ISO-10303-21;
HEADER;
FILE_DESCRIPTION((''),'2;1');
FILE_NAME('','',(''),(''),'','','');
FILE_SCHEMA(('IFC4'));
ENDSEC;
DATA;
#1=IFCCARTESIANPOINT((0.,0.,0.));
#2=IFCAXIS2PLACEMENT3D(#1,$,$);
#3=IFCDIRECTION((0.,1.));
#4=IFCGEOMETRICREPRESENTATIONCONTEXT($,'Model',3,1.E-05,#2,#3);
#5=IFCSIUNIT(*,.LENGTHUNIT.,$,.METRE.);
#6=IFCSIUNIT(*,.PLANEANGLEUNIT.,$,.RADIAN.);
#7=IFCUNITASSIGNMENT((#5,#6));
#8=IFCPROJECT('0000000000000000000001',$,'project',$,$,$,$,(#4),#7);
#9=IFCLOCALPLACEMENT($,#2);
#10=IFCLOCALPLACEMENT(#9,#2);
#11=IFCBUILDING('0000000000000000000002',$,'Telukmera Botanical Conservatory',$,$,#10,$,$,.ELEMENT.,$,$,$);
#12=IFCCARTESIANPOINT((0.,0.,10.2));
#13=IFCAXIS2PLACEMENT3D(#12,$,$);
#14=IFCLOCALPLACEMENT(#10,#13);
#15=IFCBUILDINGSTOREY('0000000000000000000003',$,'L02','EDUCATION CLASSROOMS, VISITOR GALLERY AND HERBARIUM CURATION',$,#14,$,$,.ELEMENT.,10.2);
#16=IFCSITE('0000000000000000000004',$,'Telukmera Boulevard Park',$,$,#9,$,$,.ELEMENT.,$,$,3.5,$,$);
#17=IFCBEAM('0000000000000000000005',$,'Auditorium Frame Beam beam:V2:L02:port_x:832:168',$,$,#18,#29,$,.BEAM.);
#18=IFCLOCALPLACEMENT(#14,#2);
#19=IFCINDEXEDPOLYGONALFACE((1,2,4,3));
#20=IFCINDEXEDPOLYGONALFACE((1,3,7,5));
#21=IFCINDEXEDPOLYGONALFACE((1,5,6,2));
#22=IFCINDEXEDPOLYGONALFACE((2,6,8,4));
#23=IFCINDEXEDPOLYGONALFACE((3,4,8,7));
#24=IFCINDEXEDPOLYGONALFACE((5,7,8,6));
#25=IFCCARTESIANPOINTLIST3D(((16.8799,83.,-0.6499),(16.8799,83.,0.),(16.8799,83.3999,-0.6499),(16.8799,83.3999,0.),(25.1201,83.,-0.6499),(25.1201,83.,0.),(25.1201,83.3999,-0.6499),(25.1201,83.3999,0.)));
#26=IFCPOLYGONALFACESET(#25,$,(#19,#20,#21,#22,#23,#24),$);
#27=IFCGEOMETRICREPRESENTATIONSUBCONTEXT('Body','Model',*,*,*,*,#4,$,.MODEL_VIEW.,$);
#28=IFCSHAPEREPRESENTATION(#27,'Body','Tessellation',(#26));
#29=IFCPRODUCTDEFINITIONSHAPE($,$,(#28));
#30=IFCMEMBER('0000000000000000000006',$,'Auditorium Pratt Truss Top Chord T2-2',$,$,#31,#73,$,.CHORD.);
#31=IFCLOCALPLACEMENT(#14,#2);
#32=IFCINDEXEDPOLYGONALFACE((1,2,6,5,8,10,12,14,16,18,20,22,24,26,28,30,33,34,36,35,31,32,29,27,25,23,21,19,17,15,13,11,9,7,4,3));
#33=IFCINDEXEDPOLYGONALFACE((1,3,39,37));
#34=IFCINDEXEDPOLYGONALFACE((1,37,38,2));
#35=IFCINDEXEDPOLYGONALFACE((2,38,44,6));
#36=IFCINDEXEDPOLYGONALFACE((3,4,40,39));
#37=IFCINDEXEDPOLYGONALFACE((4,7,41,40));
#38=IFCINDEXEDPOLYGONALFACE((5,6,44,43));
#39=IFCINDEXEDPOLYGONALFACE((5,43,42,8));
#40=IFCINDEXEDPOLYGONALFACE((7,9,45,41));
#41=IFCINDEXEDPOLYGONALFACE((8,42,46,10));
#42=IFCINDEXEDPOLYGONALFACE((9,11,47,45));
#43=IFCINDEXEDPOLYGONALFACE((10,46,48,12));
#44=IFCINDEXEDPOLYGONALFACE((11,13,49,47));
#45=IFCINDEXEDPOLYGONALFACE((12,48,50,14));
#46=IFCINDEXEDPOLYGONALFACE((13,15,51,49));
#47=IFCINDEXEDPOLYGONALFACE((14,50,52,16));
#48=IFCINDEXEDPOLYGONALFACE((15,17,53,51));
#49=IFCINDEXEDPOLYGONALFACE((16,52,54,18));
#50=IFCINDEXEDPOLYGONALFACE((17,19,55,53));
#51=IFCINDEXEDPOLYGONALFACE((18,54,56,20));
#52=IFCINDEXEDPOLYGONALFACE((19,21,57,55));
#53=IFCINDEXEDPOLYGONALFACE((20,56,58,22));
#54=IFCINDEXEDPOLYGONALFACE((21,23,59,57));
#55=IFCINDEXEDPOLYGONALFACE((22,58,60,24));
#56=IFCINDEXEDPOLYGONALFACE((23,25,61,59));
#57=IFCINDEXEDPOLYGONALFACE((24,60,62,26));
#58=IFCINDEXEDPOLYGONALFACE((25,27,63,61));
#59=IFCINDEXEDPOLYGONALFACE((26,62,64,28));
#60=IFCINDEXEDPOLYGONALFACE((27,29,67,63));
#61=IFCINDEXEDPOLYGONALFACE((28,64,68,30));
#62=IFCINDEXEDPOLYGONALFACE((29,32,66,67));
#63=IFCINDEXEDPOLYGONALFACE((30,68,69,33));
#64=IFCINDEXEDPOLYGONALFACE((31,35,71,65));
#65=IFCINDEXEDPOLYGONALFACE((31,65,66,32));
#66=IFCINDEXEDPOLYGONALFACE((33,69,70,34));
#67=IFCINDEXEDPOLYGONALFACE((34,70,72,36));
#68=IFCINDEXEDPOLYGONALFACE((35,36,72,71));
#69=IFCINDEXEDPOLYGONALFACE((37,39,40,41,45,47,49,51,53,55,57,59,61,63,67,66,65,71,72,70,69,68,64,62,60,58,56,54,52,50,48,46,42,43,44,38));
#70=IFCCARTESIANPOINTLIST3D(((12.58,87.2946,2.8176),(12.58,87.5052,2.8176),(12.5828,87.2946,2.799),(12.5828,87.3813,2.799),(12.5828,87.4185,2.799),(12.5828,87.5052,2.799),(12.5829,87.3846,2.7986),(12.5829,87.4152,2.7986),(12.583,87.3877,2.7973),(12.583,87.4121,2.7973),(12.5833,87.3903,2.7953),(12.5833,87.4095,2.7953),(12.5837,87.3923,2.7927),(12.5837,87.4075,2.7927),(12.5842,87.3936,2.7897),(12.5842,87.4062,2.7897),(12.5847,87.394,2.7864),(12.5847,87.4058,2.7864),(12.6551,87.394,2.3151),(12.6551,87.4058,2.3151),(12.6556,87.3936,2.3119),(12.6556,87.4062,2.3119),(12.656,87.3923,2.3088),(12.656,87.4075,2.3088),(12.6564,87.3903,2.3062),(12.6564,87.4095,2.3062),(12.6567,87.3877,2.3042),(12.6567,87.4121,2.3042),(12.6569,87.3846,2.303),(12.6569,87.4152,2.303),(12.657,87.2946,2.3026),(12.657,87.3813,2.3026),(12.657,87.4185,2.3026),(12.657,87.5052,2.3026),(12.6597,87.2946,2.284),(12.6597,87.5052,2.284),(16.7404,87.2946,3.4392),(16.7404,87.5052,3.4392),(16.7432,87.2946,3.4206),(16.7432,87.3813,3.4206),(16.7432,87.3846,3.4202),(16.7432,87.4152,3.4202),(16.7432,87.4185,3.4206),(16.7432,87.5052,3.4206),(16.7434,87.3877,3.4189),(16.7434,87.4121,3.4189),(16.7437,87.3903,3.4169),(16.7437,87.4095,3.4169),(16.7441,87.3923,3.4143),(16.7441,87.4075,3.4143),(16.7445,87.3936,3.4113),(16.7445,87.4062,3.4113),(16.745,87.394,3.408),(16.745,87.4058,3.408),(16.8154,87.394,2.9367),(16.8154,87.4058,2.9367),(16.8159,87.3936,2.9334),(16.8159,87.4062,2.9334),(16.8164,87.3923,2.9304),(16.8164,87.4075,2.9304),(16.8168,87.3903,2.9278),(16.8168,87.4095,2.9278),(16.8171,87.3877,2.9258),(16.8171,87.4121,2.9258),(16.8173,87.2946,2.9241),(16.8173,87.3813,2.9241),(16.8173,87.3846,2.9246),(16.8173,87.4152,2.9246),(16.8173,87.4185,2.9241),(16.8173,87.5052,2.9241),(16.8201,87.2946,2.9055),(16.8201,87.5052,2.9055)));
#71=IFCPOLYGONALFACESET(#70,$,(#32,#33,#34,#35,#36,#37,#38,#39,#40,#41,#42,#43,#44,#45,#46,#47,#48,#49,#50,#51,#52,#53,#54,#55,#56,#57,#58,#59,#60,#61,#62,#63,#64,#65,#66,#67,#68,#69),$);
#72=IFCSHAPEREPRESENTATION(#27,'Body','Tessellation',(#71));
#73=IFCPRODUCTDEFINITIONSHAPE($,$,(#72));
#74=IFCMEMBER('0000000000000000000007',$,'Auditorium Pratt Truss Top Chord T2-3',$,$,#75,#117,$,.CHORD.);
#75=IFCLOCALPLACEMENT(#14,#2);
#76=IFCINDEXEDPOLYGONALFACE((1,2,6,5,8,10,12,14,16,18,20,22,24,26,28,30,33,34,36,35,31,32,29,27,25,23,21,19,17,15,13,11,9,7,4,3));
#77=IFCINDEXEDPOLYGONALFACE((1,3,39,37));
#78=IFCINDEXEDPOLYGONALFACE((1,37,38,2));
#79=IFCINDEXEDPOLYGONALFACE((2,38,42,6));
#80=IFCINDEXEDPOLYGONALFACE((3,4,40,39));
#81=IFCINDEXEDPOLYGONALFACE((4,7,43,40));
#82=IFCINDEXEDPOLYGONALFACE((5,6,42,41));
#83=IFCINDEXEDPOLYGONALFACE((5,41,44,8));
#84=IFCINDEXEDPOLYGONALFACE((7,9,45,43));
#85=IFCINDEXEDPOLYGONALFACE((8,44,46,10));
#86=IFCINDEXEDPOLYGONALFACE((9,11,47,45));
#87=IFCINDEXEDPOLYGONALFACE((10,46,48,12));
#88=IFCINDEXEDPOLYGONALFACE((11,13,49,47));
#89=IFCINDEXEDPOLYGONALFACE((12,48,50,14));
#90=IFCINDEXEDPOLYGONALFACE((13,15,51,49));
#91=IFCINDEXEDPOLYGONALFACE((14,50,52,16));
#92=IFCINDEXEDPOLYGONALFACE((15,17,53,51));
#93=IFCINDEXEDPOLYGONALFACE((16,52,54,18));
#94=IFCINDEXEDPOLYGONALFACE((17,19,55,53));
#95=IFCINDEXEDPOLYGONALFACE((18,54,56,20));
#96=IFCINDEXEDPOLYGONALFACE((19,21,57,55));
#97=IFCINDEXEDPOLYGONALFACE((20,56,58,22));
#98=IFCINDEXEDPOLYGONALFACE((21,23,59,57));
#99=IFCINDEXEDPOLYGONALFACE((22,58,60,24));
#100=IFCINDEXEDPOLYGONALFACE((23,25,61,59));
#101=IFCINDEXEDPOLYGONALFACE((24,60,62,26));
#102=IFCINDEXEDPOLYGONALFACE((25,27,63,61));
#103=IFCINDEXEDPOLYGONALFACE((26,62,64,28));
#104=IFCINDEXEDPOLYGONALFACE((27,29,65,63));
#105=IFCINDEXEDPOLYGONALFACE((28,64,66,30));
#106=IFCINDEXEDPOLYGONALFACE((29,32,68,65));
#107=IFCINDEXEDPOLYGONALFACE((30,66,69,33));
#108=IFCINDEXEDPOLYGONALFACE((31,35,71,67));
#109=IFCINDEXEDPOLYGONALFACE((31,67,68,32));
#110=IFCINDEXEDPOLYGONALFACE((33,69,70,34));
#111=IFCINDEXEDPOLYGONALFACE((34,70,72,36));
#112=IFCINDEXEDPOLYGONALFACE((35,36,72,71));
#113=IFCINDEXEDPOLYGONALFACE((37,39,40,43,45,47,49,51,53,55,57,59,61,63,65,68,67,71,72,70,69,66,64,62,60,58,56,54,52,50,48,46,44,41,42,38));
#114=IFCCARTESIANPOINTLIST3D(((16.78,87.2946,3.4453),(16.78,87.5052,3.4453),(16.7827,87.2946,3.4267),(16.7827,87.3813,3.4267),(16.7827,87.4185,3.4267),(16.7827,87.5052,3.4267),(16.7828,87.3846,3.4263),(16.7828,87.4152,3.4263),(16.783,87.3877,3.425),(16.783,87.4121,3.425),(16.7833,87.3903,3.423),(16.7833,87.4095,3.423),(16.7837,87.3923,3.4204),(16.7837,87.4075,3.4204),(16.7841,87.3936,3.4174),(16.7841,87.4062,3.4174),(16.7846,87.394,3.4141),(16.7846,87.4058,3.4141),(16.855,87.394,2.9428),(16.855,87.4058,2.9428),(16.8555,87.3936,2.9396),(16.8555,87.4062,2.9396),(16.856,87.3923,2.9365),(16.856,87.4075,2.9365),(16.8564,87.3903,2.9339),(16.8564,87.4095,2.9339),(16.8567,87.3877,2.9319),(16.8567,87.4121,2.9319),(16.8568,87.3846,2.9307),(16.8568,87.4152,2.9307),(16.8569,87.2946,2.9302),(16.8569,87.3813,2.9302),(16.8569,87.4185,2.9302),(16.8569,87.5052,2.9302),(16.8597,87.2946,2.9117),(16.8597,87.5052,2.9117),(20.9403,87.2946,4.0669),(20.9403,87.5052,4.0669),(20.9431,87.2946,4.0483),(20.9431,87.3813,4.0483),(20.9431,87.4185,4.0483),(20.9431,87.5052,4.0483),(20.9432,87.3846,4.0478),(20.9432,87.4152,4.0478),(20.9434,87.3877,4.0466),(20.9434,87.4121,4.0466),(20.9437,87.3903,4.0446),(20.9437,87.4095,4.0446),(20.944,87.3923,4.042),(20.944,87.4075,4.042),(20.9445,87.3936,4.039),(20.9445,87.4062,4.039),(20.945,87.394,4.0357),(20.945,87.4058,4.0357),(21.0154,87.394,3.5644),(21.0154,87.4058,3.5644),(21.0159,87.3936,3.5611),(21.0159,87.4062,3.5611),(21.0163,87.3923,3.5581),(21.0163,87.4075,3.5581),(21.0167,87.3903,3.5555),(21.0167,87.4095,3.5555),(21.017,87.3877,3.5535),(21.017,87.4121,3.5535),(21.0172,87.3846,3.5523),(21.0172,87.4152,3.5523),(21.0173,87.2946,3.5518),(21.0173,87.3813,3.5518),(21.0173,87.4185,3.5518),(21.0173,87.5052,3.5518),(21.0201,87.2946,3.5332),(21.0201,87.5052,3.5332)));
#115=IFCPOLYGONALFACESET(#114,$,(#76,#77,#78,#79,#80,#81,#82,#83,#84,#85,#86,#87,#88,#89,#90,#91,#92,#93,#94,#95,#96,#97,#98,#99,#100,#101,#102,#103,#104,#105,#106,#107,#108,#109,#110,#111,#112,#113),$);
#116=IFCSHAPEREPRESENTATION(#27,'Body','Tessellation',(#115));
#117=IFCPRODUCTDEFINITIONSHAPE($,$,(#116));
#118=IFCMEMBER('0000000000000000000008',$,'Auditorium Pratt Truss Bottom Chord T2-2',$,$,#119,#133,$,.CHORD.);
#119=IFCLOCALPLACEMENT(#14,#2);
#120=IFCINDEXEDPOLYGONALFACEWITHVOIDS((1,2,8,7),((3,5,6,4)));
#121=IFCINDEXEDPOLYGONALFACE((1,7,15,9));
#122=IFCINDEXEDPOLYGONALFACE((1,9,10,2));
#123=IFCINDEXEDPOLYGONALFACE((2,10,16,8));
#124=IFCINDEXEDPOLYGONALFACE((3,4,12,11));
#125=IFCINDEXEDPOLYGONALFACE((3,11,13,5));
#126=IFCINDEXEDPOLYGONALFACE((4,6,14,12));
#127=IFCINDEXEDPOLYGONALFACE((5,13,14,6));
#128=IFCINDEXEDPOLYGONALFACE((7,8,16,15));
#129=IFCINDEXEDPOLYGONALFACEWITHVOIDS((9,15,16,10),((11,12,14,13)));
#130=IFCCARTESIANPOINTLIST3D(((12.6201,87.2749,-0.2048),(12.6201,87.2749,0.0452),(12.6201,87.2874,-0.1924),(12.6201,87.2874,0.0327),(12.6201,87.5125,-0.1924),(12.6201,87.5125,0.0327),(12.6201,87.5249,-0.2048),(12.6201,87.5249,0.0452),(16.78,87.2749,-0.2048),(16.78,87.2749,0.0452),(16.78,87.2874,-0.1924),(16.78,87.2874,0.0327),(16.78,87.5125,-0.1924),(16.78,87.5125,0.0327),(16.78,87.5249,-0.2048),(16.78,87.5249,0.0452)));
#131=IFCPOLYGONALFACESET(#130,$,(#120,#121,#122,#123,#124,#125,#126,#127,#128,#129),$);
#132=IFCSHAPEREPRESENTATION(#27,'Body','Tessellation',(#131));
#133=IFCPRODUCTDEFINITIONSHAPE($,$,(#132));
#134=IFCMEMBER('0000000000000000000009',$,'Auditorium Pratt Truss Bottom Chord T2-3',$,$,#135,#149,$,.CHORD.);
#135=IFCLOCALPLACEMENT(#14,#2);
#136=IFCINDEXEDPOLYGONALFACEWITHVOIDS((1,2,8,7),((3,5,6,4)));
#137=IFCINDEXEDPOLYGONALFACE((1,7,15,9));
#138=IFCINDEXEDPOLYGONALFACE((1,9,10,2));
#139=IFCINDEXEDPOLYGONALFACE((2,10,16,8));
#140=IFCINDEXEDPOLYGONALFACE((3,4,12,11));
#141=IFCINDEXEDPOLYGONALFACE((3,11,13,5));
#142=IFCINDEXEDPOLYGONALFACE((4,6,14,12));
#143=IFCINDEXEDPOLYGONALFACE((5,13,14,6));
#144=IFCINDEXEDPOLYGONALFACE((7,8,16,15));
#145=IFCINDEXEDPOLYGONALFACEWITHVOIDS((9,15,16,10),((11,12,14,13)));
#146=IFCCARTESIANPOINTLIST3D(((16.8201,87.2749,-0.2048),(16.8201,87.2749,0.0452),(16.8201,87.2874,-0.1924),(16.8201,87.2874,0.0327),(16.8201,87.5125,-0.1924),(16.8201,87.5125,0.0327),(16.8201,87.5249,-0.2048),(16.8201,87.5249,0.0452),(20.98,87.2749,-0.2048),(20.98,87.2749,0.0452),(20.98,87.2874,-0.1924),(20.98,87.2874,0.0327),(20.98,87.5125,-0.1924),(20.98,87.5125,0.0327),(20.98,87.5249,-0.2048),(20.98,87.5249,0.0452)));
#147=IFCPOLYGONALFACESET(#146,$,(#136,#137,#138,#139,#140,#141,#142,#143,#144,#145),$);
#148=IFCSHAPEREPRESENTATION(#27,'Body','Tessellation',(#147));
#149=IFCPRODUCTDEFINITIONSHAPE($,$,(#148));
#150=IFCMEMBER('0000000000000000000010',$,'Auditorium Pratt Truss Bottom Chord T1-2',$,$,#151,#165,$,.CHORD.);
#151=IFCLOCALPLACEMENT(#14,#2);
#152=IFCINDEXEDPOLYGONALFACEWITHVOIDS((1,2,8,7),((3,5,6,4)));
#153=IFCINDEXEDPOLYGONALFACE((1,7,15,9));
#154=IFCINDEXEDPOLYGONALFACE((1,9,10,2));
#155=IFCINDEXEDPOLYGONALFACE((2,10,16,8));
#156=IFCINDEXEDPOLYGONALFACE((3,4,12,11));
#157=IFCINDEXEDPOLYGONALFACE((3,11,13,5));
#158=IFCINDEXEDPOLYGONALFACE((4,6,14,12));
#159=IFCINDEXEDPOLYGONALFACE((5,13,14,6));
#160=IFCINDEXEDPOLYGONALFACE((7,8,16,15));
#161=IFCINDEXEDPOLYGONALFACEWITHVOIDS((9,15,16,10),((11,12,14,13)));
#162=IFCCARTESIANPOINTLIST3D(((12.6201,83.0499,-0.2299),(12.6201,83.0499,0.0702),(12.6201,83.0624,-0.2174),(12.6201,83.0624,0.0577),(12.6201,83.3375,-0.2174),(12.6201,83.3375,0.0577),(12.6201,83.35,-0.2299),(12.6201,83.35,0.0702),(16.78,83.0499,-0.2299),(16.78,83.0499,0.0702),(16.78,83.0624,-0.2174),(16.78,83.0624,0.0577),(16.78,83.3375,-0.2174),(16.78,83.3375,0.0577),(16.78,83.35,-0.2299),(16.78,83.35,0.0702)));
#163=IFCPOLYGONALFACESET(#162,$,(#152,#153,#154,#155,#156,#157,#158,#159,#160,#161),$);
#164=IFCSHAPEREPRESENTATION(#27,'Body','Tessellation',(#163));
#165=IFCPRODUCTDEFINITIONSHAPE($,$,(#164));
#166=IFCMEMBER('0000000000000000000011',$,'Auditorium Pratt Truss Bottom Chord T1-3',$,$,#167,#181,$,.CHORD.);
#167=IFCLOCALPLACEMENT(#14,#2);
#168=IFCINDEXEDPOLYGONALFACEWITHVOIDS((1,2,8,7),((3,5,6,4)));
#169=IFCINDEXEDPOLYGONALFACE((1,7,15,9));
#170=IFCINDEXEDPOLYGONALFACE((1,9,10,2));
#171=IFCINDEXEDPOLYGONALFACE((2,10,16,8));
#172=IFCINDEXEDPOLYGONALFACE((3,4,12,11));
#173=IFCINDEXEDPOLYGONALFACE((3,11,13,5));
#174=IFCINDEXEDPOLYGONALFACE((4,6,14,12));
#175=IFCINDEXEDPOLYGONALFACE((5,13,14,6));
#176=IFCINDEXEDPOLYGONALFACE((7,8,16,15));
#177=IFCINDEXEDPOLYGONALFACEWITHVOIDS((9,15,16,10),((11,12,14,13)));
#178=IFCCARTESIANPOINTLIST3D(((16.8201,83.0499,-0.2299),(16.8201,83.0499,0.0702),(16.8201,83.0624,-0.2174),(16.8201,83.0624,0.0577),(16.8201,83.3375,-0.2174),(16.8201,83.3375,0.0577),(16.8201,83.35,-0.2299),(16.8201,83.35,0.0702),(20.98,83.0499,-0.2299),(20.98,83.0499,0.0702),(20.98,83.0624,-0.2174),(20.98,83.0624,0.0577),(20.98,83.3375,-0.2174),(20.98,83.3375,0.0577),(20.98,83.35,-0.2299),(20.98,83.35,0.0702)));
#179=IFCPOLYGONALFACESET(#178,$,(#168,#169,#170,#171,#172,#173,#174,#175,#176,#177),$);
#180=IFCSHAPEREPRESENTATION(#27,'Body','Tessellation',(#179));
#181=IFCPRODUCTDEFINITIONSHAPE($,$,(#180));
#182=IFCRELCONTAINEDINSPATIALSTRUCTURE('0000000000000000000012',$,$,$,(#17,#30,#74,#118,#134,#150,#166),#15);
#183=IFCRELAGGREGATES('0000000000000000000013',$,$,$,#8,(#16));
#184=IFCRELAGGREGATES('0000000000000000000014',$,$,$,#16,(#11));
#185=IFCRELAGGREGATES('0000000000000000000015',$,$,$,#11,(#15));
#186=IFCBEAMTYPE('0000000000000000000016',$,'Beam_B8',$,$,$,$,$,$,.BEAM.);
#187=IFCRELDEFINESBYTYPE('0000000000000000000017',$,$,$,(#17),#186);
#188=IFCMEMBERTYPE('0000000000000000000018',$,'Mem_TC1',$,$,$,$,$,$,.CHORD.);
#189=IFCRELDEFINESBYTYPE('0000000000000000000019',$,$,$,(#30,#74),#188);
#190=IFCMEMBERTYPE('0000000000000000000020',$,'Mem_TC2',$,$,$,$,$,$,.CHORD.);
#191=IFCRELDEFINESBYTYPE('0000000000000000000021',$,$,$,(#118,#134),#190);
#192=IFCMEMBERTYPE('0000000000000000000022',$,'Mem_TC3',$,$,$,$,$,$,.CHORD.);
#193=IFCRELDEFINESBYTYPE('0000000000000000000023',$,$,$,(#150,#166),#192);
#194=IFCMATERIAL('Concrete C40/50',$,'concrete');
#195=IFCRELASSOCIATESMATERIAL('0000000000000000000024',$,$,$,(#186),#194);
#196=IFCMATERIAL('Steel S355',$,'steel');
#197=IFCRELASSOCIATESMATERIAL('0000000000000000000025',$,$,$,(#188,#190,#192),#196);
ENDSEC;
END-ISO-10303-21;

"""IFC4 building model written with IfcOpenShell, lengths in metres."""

from ifc_helpers import new_model, si_unit, direction, frame, origin, origin_2d, place, context, subcontext, project, spatial, rectangle, hollow_rectangle, i_section, extrude, material, material_profile, profile_set, type_object, element, save


model = new_model("IFC4")

# Units and contexts
model_context = context("Model", 3, precision=1e-05, world=origin(), true_north=direction((0.0, 1.0)))
body_context = subcontext(model_context, "Body", "Model", "MODEL_VIEW")
ifc_project = project(units=[si_unit("LENGTHUNIT", "METRE"), si_unit("PLANEANGLEUNIT", "RADIAN")], contexts=[model_context])

# Site, building, storey
site_placement = place(None, origin())
site = spatial("IfcSite", under=ifc_project, at=site_placement, Name="Telukmera Boulevard Park", CompositionType="ELEMENT", RefElevation=3.5)
building_placement = place(site_placement, origin())
building = spatial("IfcBuilding", under=site, at=building_placement, Name="Telukmera Botanical Conservatory", CompositionType="ELEMENT")
storey_placement = place(building_placement, frame((0.0, 0.0, 10.2)))
storey = spatial("IfcBuildingStorey", under=building, at=storey_placement, Name="L02", Description="EDUCATION CLASSROOMS, VISITOR GALLERY AND HERBARIUM CURATION", CompositionType="ELEMENT", Elevation=10.2)

# Beam
ifc_material_1 = material(Name="Concrete C40/50", Category="concrete")
ifc_material_profile_1 = material_profile(ifc_material_1, rectangle(XDim=0.3999, YDim=0.6499, at=origin_2d()), Name="RC 400x650")
ifc_profile_set_1 = profile_set([ifc_material_profile_1], Name="Concrete C40/50")
beam_type = type_object("IfcBeamType", Name="Beam_B8", PredefinedType="BEAM", material=ifc_profile_set_1)
beam_placement = place(storey_placement, frame((16.8799, 83.2, -0.325), z_axis=(1.0, 0.0, 0.0), x_axis=(0.0, 1.0, 0.0)))
element("IfcBeam", 1, at=beam_placement, inside=storey, type_object=beam_type, Name="Auditorium Frame Beam beam:V2:L02:port_x:832:168", PredefinedType="BEAM", context=body_context, shape_type="SweptSolid", body=[
    extrude(rectangle(XDim=0.3999, YDim=0.6499, at=origin_2d()), origin(), (0.0, 0.0, 1.0), 8.2402),
])

# Members
ifc_material_2 = material(Name="Steel S355", Category="steel")
ifc_material_profile_2 = material_profile(ifc_material_2, i_section(OverallWidth=0.2107, OverallDepth=0.5396, WebThickness=0.0117, FlangeThickness=0.0188, FilletRadius=0.0127, at=origin_2d()), Name="UB 533x210x109")
ifc_profile_set_2 = profile_set([ifc_material_profile_2], Name="Steel S355")
member_type_1 = type_object("IfcMemberType", Name="Mem_TC1", PredefinedType="CHORD", material=ifc_profile_set_2)
for number, where, z_axis, x_axis, name in (
    (2, (12.6199, 87.3999, 2.5508), (0.989023, 0.0, 0.147764), (0.0, 1.0, 0.0), "Auditorium Pratt Truss Top Chord T2-2"),
    (3, (16.8198, 87.3999, 3.1785), (0.989023, 0.0, 0.147764), (0.0, 1.0, 0.0), "Auditorium Pratt Truss Top Chord T2-3"),
):
    element("IfcMember", number, at=place(storey_placement, frame(where, z_axis=z_axis, x_axis=x_axis)), inside=storey, type_object=member_type_1, Name=name, PredefinedType="CHORD", context=body_context, shape_type="SweptSolid", body=[
        extrude(i_section(OverallWidth=0.2107, OverallDepth=0.5396, WebThickness=0.0117, FlangeThickness=0.0188, FilletRadius=0.0127, at=origin_2d()), origin(), (0.0, 0.0, 1.0), 4.2065),
    ])
ifc_material_profile_3 = material_profile(ifc_material_2, hollow_rectangle(XDim=0.25, YDim=0.25, WallThickness=0.0125, at=origin_2d()), Name="SHS 250x250x12.5")
ifc_profile_set_3 = profile_set([ifc_material_profile_3], Name="Steel S355")
member_type_2 = type_object("IfcMemberType", Name="Mem_TC2", PredefinedType="CHORD", material=ifc_profile_set_3)
for number, where, z_axis, x_axis, name in (
    (4, (12.6201, 87.3999, -0.0798), (1.0, 0.0, 0.0), (0.0, 1.0, 0.0), "Auditorium Pratt Truss Bottom Chord T2-2"),
    (5, (16.8201, 87.3999, -0.0798), (1.0, 0.0, 0.0), (0.0, 1.0, 0.0), "Auditorium Pratt Truss Bottom Chord T2-3"),
):
    element("IfcMember", number, at=place(storey_placement, frame(where, z_axis=z_axis, x_axis=x_axis)), inside=storey, type_object=member_type_2, Name=name, PredefinedType="CHORD", context=body_context, shape_type="SweptSolid", body=[
        extrude(hollow_rectangle(XDim=0.25, YDim=0.25, WallThickness=0.0125, at=origin_2d()), origin(), (0.0, 0.0, 1.0), 4.1599),
    ])
ifc_material_profile_4 = material_profile(ifc_material_2, hollow_rectangle(XDim=0.3, YDim=0.3, WallThickness=0.0125, at=origin_2d()), Name="SHS 300x300x12.5")
ifc_profile_set_4 = profile_set([ifc_material_profile_4], Name="Steel S355")
member_type_3 = type_object("IfcMemberType", Name="Mem_TC3", PredefinedType="CHORD", material=ifc_profile_set_4)
for number, where, z_axis, x_axis, name in (
    (6, (12.6201, 83.2, -0.0798), (1.0, 0.0, 0.0), (0.0, 1.0, 0.0), "Auditorium Pratt Truss Bottom Chord T1-2"),
    (7, (16.8201, 83.2, -0.0798), (1.0, 0.0, 0.0), (0.0, 1.0, 0.0), "Auditorium Pratt Truss Bottom Chord T1-3"),
):
    element("IfcMember", number, at=place(storey_placement, frame(where, z_axis=z_axis, x_axis=x_axis)), inside=storey, type_object=member_type_3, Name=name, PredefinedType="CHORD", context=body_context, shape_type="SweptSolid", body=[
        extrude(hollow_rectangle(XDim=0.3, YDim=0.3, WallThickness=0.0125, at=origin_2d()), origin(), (0.0, 0.0, 1.0), 4.1599),
    ])

save(model, "model.ifc")
